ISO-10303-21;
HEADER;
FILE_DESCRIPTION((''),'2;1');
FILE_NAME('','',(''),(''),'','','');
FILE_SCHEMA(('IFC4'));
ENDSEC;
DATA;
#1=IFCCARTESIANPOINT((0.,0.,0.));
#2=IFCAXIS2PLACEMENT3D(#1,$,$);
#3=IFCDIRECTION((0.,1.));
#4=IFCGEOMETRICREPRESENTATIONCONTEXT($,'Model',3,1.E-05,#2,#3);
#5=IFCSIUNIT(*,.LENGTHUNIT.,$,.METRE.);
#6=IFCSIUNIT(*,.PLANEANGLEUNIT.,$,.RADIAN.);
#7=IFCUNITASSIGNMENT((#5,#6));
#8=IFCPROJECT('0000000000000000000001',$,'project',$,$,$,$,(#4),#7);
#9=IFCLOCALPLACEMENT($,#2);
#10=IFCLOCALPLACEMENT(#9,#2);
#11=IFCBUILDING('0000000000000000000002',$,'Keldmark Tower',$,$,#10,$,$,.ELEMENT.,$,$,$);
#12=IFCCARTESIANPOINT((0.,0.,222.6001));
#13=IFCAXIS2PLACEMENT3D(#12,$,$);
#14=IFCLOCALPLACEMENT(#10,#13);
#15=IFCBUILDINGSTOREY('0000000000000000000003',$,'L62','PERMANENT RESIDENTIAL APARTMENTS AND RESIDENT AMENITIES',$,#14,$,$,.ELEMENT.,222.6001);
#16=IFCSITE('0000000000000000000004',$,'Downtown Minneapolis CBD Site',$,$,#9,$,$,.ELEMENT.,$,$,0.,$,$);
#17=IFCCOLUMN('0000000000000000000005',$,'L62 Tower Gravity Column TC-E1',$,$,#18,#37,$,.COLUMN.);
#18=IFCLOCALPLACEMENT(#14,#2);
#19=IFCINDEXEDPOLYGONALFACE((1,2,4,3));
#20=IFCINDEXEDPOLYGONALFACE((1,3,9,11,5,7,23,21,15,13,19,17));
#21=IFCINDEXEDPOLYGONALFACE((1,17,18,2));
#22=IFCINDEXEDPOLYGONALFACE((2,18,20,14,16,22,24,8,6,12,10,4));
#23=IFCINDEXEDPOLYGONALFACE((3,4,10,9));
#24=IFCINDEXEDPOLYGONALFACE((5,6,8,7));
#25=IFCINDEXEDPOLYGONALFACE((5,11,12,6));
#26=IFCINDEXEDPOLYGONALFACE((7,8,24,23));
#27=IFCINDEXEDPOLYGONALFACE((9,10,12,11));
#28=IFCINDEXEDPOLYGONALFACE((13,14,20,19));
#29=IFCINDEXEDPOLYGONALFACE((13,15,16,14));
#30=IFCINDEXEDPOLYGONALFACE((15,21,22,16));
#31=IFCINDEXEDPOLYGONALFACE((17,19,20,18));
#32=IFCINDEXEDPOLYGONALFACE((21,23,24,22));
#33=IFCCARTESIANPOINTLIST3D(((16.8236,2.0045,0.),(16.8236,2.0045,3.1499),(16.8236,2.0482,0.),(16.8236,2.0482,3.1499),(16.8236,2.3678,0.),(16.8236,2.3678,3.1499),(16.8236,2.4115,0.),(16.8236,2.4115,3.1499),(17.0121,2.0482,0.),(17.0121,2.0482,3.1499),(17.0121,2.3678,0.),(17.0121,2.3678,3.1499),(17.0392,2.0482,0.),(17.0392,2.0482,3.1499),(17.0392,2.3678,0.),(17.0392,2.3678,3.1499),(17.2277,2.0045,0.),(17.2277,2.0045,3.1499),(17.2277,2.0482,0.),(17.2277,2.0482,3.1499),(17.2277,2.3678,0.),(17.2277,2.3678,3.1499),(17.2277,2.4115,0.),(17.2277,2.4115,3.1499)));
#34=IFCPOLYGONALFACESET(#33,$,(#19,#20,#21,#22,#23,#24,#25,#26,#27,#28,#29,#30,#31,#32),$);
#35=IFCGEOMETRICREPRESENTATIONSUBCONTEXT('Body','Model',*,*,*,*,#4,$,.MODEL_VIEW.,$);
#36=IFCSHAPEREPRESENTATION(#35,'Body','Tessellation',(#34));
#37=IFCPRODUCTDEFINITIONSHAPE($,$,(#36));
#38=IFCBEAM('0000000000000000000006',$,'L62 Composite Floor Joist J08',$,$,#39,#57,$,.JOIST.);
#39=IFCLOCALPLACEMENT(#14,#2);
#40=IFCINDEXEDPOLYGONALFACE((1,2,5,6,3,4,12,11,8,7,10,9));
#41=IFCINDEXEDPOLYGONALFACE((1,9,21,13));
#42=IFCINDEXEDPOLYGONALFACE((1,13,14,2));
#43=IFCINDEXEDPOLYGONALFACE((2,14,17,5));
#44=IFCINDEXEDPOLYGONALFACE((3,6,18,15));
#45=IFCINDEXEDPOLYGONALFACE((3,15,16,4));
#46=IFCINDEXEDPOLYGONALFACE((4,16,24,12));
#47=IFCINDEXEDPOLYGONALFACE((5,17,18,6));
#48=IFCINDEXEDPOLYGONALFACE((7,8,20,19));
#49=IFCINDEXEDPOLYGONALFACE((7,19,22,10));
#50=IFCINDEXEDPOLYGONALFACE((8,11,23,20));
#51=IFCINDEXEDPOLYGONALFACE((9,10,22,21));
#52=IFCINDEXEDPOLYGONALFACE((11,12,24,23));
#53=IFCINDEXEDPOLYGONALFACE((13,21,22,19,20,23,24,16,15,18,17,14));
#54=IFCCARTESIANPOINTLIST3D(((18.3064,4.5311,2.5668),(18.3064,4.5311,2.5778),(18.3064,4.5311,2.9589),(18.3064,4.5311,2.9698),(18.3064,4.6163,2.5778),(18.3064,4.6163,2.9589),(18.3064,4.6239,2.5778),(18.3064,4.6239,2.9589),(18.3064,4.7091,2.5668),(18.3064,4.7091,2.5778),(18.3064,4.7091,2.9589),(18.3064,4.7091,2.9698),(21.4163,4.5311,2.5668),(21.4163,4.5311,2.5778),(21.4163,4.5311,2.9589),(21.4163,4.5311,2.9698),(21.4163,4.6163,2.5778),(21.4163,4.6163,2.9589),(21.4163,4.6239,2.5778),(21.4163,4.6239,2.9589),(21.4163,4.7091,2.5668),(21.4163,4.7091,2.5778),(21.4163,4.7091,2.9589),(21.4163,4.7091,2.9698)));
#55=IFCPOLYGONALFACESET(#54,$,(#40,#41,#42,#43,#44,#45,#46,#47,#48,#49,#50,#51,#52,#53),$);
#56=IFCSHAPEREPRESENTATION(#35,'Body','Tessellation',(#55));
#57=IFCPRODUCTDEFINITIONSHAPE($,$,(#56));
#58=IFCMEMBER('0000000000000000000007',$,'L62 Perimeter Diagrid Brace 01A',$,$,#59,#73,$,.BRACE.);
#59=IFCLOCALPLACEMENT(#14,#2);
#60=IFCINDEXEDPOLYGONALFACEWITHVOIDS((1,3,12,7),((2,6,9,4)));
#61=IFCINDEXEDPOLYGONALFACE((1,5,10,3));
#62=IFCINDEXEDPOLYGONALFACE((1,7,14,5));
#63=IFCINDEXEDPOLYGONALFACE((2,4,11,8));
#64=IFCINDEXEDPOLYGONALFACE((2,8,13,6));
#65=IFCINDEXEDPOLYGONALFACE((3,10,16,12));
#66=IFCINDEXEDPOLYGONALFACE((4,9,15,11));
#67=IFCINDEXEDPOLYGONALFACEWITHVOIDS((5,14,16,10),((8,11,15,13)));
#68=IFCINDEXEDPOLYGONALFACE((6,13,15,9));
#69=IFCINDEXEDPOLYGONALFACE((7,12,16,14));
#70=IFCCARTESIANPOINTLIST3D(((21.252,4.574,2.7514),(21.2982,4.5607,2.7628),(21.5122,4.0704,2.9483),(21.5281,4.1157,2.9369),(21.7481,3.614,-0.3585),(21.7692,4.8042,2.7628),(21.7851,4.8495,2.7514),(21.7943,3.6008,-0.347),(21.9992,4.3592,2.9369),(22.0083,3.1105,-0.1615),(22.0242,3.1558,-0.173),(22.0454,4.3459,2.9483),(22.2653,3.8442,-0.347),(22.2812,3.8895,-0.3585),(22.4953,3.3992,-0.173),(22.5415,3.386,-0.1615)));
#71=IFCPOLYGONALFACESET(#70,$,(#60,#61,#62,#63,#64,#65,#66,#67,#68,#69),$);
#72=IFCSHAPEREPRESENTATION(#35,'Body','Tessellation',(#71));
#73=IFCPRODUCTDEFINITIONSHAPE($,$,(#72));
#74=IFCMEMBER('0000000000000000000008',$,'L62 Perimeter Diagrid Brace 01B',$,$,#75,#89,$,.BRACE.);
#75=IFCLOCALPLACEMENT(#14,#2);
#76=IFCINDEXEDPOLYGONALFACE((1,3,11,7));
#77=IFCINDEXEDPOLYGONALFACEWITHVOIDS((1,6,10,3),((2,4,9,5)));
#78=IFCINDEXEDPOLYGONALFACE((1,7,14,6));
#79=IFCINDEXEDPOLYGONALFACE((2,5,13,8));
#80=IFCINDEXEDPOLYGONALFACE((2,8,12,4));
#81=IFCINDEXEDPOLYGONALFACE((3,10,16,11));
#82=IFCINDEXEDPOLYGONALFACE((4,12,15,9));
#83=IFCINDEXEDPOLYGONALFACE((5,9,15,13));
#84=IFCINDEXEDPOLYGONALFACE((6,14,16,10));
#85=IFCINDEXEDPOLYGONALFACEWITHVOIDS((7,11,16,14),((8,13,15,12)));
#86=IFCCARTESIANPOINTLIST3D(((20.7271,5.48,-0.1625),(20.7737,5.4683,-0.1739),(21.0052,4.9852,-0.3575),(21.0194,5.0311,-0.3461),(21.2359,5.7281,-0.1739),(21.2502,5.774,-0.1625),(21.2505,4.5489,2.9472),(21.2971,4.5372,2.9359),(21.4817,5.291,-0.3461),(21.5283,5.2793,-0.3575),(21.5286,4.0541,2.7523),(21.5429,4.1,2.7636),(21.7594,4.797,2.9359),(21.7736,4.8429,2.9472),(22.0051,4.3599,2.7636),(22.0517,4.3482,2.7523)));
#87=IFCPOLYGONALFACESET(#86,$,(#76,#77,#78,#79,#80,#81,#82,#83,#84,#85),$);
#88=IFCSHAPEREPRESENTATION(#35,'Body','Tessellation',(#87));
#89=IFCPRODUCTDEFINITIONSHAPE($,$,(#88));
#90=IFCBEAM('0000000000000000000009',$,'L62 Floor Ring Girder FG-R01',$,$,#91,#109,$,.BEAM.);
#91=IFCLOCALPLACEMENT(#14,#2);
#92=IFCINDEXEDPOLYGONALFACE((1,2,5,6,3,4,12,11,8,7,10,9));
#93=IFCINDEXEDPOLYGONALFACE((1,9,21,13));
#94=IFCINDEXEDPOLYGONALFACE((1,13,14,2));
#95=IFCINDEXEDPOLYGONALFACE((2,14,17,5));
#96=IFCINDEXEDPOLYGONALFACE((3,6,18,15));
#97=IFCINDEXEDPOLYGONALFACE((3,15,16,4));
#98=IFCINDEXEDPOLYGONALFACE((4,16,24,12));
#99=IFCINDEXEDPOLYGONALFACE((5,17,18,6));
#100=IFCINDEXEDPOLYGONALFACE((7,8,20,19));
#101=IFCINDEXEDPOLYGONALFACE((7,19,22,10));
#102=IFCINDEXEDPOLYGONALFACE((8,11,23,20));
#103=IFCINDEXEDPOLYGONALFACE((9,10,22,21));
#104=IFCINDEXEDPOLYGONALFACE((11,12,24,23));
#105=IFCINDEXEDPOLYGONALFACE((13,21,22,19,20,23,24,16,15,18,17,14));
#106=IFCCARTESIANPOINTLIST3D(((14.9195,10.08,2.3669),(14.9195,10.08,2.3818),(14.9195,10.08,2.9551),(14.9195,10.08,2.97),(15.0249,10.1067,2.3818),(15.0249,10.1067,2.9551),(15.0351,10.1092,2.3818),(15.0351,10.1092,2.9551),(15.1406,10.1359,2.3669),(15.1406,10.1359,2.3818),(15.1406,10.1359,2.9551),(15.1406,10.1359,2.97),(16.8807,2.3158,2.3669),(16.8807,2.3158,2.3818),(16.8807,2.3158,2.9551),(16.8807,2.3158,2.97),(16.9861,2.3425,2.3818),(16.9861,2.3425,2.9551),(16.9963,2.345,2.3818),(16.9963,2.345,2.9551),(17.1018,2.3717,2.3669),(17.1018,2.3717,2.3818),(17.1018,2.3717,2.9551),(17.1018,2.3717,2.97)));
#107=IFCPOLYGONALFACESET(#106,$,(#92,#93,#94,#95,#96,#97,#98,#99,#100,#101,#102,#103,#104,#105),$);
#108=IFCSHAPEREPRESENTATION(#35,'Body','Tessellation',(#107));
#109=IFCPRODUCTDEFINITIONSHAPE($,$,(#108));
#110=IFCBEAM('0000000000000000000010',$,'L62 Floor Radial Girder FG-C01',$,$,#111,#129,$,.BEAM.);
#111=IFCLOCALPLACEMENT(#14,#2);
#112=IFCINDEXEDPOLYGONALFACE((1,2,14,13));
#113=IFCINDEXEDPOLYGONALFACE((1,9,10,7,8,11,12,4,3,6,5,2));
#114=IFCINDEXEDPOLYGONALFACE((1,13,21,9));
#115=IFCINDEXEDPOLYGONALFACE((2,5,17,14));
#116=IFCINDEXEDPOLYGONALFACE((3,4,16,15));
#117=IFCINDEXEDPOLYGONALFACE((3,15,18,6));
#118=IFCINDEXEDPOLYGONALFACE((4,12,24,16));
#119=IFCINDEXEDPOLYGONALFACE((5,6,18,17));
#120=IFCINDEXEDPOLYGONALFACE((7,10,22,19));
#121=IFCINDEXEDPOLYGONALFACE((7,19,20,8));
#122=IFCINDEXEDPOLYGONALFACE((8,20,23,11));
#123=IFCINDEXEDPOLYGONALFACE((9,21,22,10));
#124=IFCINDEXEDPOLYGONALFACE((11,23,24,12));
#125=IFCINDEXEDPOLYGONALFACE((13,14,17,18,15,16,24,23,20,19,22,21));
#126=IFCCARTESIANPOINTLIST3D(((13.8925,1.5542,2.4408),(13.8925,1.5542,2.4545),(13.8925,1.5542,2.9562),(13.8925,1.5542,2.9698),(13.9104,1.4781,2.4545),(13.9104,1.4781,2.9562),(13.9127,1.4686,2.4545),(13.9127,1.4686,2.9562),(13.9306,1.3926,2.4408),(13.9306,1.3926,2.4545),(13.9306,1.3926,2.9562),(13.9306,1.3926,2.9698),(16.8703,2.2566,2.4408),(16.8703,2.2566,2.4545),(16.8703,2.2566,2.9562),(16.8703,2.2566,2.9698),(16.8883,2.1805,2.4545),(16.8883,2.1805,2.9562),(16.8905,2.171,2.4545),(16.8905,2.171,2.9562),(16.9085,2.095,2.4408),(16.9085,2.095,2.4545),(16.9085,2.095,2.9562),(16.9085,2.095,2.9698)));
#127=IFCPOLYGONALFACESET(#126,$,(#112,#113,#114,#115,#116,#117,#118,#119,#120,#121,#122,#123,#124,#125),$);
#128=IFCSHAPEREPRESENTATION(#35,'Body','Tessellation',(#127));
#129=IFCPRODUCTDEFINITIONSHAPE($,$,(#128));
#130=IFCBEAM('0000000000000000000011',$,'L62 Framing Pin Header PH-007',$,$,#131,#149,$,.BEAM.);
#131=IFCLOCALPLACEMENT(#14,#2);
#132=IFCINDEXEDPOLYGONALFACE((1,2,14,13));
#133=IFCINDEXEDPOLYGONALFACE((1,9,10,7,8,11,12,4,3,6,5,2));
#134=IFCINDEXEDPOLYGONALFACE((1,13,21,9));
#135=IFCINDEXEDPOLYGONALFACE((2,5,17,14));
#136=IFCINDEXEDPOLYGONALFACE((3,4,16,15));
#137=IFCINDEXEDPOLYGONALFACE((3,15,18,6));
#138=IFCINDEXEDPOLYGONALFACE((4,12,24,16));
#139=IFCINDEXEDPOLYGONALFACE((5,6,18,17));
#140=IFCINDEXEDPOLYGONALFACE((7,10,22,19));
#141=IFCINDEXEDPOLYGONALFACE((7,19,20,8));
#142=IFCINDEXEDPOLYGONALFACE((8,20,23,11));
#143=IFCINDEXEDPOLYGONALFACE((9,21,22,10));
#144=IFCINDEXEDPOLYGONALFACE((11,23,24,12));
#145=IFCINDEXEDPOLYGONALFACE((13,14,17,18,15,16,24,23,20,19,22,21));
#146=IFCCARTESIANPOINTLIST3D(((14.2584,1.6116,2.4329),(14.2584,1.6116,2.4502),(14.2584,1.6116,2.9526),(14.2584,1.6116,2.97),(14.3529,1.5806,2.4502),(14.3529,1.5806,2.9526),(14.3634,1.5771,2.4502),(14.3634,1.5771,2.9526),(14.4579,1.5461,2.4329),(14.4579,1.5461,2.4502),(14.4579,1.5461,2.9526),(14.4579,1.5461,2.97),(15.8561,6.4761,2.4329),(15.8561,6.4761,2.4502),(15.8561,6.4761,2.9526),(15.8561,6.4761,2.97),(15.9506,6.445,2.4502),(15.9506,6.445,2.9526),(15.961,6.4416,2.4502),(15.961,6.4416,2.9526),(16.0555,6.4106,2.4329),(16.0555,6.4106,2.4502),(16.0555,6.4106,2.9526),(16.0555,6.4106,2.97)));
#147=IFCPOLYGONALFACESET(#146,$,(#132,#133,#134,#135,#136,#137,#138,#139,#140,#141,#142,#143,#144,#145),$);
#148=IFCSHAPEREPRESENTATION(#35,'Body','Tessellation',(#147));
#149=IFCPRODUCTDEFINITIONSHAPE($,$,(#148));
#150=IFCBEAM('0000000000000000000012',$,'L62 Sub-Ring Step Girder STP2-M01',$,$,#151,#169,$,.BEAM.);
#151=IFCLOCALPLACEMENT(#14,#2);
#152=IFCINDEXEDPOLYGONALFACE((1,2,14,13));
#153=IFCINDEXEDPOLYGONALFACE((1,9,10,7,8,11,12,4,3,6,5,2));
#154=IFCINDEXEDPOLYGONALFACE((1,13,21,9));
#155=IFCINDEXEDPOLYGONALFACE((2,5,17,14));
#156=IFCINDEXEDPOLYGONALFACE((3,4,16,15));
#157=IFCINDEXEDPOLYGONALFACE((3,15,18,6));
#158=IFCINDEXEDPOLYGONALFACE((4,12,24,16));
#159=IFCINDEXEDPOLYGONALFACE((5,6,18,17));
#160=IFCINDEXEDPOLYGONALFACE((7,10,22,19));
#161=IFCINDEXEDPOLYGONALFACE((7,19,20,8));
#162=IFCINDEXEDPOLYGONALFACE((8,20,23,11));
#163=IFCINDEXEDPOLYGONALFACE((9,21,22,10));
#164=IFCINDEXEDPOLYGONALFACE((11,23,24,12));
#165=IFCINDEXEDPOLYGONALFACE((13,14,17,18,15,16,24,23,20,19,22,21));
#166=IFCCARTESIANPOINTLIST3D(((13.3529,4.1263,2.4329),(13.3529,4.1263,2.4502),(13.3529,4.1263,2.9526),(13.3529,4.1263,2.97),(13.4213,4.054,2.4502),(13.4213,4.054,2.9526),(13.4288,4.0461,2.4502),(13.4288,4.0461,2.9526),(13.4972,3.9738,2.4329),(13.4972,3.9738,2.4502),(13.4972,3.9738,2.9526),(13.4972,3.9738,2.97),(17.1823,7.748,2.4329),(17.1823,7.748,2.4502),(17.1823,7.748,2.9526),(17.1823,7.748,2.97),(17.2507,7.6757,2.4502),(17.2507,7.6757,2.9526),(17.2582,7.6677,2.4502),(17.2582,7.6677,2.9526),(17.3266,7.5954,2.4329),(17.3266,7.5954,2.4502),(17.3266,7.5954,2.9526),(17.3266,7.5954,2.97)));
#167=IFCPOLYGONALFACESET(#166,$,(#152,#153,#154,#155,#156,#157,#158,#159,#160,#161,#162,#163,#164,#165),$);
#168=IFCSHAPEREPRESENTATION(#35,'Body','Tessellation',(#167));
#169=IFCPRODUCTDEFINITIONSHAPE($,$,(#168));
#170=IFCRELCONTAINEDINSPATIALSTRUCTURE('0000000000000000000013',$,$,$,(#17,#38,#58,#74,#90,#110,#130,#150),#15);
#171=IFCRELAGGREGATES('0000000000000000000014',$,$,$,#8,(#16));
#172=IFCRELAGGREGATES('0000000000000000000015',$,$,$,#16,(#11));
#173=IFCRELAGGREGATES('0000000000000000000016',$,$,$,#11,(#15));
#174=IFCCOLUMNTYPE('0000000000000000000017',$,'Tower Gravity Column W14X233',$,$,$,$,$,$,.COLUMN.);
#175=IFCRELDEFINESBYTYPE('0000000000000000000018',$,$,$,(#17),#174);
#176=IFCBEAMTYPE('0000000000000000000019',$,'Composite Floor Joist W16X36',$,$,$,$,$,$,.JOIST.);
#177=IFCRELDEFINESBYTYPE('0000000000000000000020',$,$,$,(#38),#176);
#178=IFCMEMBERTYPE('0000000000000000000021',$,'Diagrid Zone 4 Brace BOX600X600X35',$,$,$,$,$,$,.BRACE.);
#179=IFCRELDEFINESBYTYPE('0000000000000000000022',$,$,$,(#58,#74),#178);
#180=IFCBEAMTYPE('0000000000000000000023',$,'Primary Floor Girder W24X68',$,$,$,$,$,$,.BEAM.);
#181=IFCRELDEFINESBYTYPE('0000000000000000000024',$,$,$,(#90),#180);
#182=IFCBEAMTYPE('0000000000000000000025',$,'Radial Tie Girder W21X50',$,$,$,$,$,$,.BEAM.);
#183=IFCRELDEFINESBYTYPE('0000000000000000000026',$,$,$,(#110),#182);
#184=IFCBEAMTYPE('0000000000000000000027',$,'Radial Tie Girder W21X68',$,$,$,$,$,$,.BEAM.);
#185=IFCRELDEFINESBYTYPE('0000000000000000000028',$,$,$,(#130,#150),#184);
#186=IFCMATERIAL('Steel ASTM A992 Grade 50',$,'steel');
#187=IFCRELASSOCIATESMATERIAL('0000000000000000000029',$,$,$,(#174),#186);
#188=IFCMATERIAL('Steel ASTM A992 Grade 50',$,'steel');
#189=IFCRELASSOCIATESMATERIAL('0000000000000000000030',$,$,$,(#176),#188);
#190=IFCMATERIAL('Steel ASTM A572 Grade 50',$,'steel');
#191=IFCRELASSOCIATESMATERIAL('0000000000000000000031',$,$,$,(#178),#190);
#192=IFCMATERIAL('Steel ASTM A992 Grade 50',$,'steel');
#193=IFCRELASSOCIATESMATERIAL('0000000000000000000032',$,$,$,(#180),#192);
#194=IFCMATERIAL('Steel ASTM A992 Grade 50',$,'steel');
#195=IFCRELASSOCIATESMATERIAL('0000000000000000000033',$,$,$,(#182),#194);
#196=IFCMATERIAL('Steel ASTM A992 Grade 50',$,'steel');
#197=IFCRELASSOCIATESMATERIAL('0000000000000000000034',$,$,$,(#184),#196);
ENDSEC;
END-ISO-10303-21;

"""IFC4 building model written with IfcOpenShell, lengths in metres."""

from ifc_helpers import new_model, si_unit, direction, frame, origin, origin_2d, place, context, subcontext, project, spatial, hollow_rectangle, i_section, extrude, material, material_profile, profile_set, type_object, element, save


model = new_model("IFC4")

# Units and contexts
model_context = context("Model", 3, precision=1e-05, world=origin(), true_north=direction((0.0, 1.0)))
body_context = subcontext(model_context, "Body", "Model", "MODEL_VIEW")
ifc_project = project(units=[si_unit("LENGTHUNIT", "METRE"), si_unit("PLANEANGLEUNIT", "RADIAN")], contexts=[model_context])

# Site, building, storey
site_placement = place(None, origin())
site = spatial("IfcSite", under=ifc_project, at=site_placement, Name="Downtown Minneapolis CBD Site", CompositionType="ELEMENT", RefElevation=0.0)
building_placement = place(site_placement, origin())
building = spatial("IfcBuilding", under=site, at=building_placement, Name="Keldmark Tower", CompositionType="ELEMENT")
storey_placement = place(building_placement, frame((0.0, 0.0, 222.6001)))
storey = spatial("IfcBuildingStorey", under=building, at=storey_placement, Name="L62", Description="PERMANENT RESIDENTIAL APARTMENTS AND RESIDENT AMENITIES", CompositionType="ELEMENT", Elevation=222.6001)

# Column
ifc_material_1 = material(Name="Steel ASTM A992 Grade 50", Category="steel")
ifc_material_profile_1 = material_profile(ifc_material_1, i_section(OverallWidth=0.4041, OverallDepth=0.407, WebThickness=0.0271, FlangeThickness=0.0437, at=origin_2d()), Name="W14X233")
ifc_profile_set_1 = profile_set([ifc_material_profile_1], Name="Steel ASTM A992 Grade 50")
column_type = type_object("IfcColumnType", Name="Tower Gravity Column W14X233", PredefinedType="COLUMN", material=ifc_profile_set_1)
column_placement = place(storey_placement, frame((17.0256, 2.208, 0.0), z_axis=(0.0, 0.0, 1.0), x_axis=(1.0, 0.0, 0.0)))
element("IfcColumn", 1, at=column_placement, inside=storey, type_object=column_type, Name="L62 Tower Gravity Column TC-E1", PredefinedType="COLUMN", context=body_context, shape_type="SweptSolid", body=[
    extrude(i_section(OverallWidth=0.4041, OverallDepth=0.407, WebThickness=0.0271, FlangeThickness=0.0437, at=origin_2d()), origin(), (0.0, 0.0, 1.0), 3.1499),
])

# Beam
ifc_material_2 = material(Name="Steel ASTM A992 Grade 50", Category="steel")
ifc_material_profile_2 = material_profile(ifc_material_2, i_section(OverallWidth=0.178, OverallDepth=0.4031, WebThickness=0.0076, FlangeThickness=0.011, at=origin_2d()), Name="W16X36")
ifc_profile_set_2 = profile_set([ifc_material_profile_2], Name="Steel ASTM A992 Grade 50")
beam_type_1 = type_object("IfcBeamType", Name="Composite Floor Joist W16X36", PredefinedType="JOIST", material=ifc_profile_set_2)
beam_1_placement = place(storey_placement, frame((18.3064, 4.6201, 2.7683), z_axis=(1.0, 0.0, 0.0), x_axis=(0.0, 1.0, 0.0)))
element("IfcBeam", 2, at=beam_1_placement, inside=storey, type_object=beam_type_1, Name="L62 Composite Floor Joist J08", PredefinedType="JOIST", context=body_context, shape_type="SweptSolid", body=[
    extrude(i_section(OverallWidth=0.178, OverallDepth=0.4031, WebThickness=0.0076, FlangeThickness=0.011, at=origin_2d()), origin(), (0.0, 0.0, 1.0), 3.1099),
])

# Members
ifc_material_3 = material(Name="Steel ASTM A572 Grade 50", Category="steel")
ifc_material_profile_3 = material_profile(ifc_material_3, hollow_rectangle(XDim=0.6001, YDim=0.6001, WallThickness=0.0349, at=origin_2d()), Name="BOX600X600X35")
ifc_profile_set_3 = profile_set([ifc_material_profile_3], Name="Steel ASTM A572 Grade 50")
member_type = type_object("IfcMemberType", Name="Diagrid Zone 4 Brace BOX600X600X35", PredefinedType="BRACE", material=ifc_profile_set_3)
member_1_placement = place(storey_placement, frame((22.1448, 3.5, -0.26), z_axis=(-0.150686, 0.291582, 0.944602), x_axis=(-0.888383, -0.459103, 0.0)))
element("IfcMember", 3, at=member_1_placement, inside=storey, type_object=member_type, Name="L62 Perimeter Diagrid Brace 01A", PredefinedType="BRACE", context=body_context, shape_type="SweptSolid", body=[
    extrude(hollow_rectangle(XDim=0.6001, YDim=0.6001, WallThickness=0.0349, at=origin_2d()), origin(), (0.0, 0.0, 1.0), 3.2922),
])
member_2_placement = place(storey_placement, frame((21.1277, 5.3796, -0.26), z_axis=(0.159186, -0.28318, 0.945764), x_axis=(0.87171, 0.490022, 0.0)))
element("IfcMember", 4, at=member_2_placement, inside=storey, type_object=member_type, Name="L62 Perimeter Diagrid Brace 01B", PredefinedType="BRACE", context=body_context, shape_type="SweptSolid", body=[
    extrude(hollow_rectangle(XDim=0.6001, YDim=0.6001, WallThickness=0.0349, at=origin_2d()), origin(), (0.0, 0.0, 1.0), 3.2881),
])

# Beams
ifc_material_4 = material(Name="Steel ASTM A992 Grade 50", Category="steel")
ifc_material_profile_4 = material_profile(ifc_material_4, i_section(OverallWidth=0.228, OverallDepth=0.603, WebThickness=0.0105, FlangeThickness=0.0149, at=origin_2d()), Name="W24X68")
ifc_profile_set_4 = profile_set([ifc_material_profile_4], Name="Steel ASTM A992 Grade 50")
beam_type_2 = type_object("IfcBeamType", Name="Primary Floor Girder W24X68", PredefinedType="BEAM", material=ifc_profile_set_4)
beam_2_placement = place(storey_placement, frame((16.9912, 2.3438, 2.6685), z_axis=(-0.244902, 0.969548, 0.0), x_axis=(-0.969548, -0.244902, 0.0)))
element("IfcBeam", 5, at=beam_2_placement, inside=storey, type_object=beam_type_2, Name="L62 Floor Ring Girder FG-R01", PredefinedType="BEAM", context=body_context, shape_type="SweptSolid", body=[
    extrude(i_section(OverallWidth=0.228, OverallDepth=0.603, WebThickness=0.0105, FlangeThickness=0.0149, at=origin_2d()), origin(), (0.0, 0.0, 1.0), 8.0081),
])
ifc_material_5 = material(Name="Steel ASTM A992 Grade 50", Category="steel")
ifc_material_profile_5 = material_profile(ifc_material_5, i_section(OverallWidth=0.166, OverallDepth=0.5291, WebThickness=0.0098, FlangeThickness=0.0137, at=origin_2d()), Name="W21X50")
ifc_profile_set_5 = profile_set([ifc_material_profile_5], Name="Steel ASTM A992 Grade 50")
beam_type_3 = type_object("IfcBeamType", Name="Radial Tie Girder W21X50", PredefinedType="BEAM", material=ifc_profile_set_5)
beam_3_placement = place(storey_placement, frame((16.8894, 2.1758, 2.7053), z_axis=(-0.97329, -0.229577, 0.0), x_axis=(0.229577, -0.97329, 0.0)))
element("IfcBeam", 6, at=beam_3_placement, inside=storey, type_object=beam_type_3, Name="L62 Floor Radial Girder FG-C01", PredefinedType="BEAM", context=body_context, shape_type="SweptSolid", body=[
    extrude(i_section(OverallWidth=0.166, OverallDepth=0.5291, WebThickness=0.0098, FlangeThickness=0.0137, at=origin_2d()), origin(), (0.0, 0.0, 1.0), 3.0596),
])
ifc_material_6 = material(Name="Steel ASTM A992 Grade 50", Category="steel")
ifc_material_profile_6 = material_profile(ifc_material_6, i_section(OverallWidth=0.21, OverallDepth=0.5371, WebThickness=0.011, FlangeThickness=0.0173, at=origin_2d()), Name="W21X68")
ifc_profile_set_6 = profile_set([ifc_material_profile_6], Name="Steel ASTM A992 Grade 50")
beam_type_4 = type_object("IfcBeamType", Name="Radial Tie Girder W21X68", PredefinedType="BEAM", material=ifc_profile_set_6)
beam_4_placement = place(storey_placement, frame((14.3582, 1.5789, 2.7014), z_axis=(0.312033, 0.950071, 0.0), x_axis=(-0.950071, 0.312033, 0.0)))
element("IfcBeam", 7, at=beam_4_placement, inside=storey, type_object=beam_type_4, Name="L62 Framing Pin Header PH-007", PredefinedType="BEAM", context=body_context, shape_type="SweptSolid", body=[
    extrude(i_section(OverallWidth=0.21, OverallDepth=0.5371, WebThickness=0.011, FlangeThickness=0.0173, at=origin_2d()), origin(), (0.0, 0.0, 1.0), 5.1201),
])
beam_5_placement = place(storey_placement, frame((13.425, 4.05, 2.7014), z_axis=(0.726542, 0.687123, 0.0), x_axis=(-0.687123, 0.726542, 0.0)))
element("IfcBeam", 8, at=beam_5_placement, inside=storey, type_object=beam_type_4, Name="L62 Sub-Ring Step Girder STP2-M01", PredefinedType="BEAM", context=body_context, shape_type="SweptSolid", body=[
    extrude(i_section(OverallWidth=0.21, OverallDepth=0.5371, WebThickness=0.011, FlangeThickness=0.0173, at=origin_2d()), origin(), (0.0, 0.0, 1.0), 5.2708),
])

save(model, "model.ifc")
